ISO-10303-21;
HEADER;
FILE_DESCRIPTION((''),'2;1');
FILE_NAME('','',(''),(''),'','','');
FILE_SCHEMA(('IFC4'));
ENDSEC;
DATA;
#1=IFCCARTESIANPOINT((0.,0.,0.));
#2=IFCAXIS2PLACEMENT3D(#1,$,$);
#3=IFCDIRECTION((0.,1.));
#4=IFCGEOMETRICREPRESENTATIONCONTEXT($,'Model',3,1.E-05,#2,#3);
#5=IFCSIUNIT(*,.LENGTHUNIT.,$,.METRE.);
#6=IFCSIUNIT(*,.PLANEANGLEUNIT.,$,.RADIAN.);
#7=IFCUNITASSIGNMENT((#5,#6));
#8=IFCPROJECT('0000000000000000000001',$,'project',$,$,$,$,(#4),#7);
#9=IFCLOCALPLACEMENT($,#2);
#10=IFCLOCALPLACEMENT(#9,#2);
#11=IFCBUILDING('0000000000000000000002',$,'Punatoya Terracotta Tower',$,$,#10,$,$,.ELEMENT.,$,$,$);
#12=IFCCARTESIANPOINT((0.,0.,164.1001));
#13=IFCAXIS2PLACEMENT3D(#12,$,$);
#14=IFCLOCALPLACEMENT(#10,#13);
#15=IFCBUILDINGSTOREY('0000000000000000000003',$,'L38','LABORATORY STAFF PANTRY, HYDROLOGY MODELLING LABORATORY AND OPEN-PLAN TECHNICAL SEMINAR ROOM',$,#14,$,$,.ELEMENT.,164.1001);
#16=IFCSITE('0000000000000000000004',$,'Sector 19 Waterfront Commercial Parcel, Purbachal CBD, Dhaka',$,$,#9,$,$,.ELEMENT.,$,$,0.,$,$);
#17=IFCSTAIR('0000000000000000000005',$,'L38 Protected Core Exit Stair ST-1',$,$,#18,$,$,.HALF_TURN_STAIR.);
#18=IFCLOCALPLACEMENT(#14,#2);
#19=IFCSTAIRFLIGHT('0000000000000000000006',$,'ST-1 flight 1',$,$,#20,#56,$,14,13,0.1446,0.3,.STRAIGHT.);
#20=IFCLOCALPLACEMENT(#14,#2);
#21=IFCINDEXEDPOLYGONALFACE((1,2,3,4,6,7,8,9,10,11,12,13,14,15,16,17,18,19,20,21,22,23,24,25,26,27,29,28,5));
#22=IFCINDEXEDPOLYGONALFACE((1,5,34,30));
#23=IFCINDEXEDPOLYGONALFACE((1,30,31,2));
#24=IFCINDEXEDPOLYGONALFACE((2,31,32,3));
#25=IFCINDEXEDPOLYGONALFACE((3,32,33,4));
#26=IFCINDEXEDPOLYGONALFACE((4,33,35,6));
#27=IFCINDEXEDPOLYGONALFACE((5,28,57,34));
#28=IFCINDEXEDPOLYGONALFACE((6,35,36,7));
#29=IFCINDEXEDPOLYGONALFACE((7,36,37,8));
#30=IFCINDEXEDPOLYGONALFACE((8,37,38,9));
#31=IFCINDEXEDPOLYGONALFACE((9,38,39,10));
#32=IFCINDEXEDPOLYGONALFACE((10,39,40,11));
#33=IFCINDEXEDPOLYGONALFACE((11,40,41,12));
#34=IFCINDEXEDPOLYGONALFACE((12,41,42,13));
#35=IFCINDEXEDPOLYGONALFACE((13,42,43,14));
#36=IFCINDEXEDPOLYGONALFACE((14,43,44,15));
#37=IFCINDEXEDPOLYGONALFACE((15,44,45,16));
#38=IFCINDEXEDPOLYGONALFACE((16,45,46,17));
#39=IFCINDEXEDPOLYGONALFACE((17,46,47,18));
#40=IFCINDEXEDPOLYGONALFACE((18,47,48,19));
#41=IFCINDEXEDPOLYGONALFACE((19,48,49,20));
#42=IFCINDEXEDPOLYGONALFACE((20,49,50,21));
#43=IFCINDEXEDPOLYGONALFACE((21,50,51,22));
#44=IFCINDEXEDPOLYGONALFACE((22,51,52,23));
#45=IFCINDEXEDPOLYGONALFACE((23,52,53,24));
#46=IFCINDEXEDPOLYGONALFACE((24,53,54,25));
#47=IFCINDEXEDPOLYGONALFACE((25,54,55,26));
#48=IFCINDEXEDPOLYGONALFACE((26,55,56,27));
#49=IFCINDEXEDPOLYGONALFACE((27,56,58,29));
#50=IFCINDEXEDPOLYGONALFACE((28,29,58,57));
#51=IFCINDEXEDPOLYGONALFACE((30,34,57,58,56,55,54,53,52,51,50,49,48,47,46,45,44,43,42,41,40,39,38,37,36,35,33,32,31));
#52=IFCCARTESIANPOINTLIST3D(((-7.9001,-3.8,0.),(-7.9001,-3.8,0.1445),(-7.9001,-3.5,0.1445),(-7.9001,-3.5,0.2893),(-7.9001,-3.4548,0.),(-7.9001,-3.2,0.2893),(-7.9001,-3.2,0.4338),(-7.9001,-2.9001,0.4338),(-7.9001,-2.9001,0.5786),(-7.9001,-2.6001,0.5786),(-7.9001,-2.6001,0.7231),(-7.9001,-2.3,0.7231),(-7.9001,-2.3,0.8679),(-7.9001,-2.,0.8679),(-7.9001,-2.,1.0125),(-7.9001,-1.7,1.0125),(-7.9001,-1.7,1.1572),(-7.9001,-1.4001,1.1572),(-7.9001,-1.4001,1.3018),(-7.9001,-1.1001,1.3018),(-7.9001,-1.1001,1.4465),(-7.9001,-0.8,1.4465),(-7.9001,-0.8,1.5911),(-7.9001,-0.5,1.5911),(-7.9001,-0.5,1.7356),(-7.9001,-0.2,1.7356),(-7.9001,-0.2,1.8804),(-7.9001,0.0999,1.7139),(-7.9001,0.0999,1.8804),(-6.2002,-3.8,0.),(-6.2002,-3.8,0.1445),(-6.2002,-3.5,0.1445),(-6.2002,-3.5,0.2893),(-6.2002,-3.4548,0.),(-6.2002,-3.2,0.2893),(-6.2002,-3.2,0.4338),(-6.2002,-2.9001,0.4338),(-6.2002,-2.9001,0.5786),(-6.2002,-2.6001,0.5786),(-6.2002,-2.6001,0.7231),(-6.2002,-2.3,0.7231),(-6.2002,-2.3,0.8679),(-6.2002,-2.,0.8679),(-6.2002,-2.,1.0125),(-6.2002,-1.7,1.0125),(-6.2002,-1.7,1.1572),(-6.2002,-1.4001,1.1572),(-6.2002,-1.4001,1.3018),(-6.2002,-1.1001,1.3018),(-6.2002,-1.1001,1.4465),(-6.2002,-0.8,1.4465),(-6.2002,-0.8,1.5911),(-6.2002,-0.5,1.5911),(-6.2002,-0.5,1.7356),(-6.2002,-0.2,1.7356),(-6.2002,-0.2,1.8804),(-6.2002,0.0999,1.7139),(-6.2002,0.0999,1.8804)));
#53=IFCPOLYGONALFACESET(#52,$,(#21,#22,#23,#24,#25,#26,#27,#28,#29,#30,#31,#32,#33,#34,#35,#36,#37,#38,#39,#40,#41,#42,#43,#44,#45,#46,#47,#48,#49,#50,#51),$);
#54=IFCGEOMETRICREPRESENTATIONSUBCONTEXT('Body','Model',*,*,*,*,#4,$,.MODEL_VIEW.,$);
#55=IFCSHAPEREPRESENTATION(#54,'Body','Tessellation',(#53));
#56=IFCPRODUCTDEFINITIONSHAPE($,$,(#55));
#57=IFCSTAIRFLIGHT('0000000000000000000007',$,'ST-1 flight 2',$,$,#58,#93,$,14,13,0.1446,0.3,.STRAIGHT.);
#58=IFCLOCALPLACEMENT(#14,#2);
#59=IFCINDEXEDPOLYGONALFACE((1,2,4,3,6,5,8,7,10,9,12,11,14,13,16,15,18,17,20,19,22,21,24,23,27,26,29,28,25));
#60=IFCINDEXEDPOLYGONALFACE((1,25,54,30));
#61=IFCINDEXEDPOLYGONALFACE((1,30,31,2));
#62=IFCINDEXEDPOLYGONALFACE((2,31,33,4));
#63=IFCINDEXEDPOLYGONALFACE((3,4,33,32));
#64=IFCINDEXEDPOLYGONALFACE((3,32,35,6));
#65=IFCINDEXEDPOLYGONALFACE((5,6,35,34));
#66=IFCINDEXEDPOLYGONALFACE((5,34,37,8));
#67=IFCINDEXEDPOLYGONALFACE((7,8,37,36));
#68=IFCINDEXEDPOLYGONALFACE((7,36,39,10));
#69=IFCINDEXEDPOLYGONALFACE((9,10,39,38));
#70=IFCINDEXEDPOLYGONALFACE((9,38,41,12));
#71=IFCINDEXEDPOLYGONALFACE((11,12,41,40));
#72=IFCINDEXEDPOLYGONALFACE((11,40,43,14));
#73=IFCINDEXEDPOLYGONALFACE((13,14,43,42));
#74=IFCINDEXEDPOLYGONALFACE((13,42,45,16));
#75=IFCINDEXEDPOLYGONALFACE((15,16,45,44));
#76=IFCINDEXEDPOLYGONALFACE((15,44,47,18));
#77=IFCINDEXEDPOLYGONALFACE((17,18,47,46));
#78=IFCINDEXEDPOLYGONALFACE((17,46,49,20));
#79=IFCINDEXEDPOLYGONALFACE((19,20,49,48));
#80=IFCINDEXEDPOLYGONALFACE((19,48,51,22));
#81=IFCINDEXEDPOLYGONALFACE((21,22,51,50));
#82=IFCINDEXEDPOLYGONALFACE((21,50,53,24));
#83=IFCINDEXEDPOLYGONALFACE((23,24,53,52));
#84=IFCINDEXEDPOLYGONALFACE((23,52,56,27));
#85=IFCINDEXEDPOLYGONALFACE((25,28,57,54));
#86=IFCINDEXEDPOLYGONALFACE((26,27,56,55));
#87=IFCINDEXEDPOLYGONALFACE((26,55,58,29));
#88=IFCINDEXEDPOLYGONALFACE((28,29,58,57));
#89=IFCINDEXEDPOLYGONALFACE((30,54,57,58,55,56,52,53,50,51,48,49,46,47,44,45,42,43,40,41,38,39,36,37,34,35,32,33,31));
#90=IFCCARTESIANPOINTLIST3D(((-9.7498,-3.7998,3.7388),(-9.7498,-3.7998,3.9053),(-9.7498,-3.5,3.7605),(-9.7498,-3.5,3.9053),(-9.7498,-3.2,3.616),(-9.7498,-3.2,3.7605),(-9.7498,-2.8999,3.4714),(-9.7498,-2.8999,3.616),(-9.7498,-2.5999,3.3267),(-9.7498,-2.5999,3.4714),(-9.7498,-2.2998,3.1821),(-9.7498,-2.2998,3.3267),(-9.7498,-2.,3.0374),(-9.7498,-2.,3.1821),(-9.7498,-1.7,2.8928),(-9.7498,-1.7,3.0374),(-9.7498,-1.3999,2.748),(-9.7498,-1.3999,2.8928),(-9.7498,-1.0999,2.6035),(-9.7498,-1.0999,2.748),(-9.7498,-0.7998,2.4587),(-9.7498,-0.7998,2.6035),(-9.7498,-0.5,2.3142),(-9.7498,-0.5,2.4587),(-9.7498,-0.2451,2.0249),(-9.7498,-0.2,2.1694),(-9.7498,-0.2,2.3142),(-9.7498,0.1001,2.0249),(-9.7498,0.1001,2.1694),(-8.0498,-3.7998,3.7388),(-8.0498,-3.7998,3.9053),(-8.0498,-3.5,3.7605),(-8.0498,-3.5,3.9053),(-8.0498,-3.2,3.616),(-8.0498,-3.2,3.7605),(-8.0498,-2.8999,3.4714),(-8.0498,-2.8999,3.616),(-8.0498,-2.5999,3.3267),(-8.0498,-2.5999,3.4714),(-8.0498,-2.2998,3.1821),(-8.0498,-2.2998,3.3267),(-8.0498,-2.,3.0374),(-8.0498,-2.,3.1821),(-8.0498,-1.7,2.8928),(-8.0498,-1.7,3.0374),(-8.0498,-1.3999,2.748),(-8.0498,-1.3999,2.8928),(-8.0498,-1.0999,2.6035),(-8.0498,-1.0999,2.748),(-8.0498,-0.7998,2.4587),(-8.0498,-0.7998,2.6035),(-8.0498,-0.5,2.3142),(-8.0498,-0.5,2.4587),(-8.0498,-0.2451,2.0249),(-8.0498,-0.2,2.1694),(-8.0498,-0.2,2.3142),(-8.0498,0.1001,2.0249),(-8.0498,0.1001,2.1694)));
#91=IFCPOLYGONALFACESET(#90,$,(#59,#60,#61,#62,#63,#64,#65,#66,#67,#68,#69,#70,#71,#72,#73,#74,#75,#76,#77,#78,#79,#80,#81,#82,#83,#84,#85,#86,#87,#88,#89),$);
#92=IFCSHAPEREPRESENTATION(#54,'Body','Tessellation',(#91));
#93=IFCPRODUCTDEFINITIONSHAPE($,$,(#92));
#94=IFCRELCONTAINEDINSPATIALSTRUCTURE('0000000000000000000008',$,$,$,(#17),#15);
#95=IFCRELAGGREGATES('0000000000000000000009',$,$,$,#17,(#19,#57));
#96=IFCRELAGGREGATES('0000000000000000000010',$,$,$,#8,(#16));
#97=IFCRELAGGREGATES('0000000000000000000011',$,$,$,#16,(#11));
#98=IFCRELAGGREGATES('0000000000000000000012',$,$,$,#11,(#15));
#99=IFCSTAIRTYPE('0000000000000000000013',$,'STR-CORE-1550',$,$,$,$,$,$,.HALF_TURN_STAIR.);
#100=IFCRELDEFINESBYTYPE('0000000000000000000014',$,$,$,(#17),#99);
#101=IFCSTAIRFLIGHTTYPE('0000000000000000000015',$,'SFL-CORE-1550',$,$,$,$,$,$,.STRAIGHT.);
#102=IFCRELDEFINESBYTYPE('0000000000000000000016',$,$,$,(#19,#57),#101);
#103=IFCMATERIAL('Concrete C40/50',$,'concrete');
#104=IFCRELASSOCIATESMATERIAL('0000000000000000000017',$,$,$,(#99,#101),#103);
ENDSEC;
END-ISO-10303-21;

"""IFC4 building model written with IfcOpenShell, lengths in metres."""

from ifc_helpers import new_model, si_unit, direction, frame, origin, place, context, subcontext, project, spatial, polyline, outline, extrude, material, type_object, element, aggregate, save


model = new_model("IFC4")

# Units and contexts
model_context = context("Model", 3, precision=1e-05, world=origin(), true_north=direction((0.0, 1.0)))
body_context = subcontext(model_context, "Body", "Model", "MODEL_VIEW")
ifc_project = project(units=[si_unit("LENGTHUNIT", "METRE"), si_unit("PLANEANGLEUNIT", "RADIAN")], contexts=[model_context])

# Site, building, storey
site_placement = place(None, origin())
site = spatial("IfcSite", under=ifc_project, at=site_placement, Name="Sector 19 Waterfront Commercial Parcel, Purbachal CBD, Dhaka", CompositionType="ELEMENT", RefElevation=0.0)
building_placement = place(site_placement, origin())
building = spatial("IfcBuilding", under=site, at=building_placement, Name="Punatoya Terracotta Tower", CompositionType="ELEMENT")
storey_placement = place(building_placement, frame((0.0, 0.0, 164.1001)))
storey = spatial("IfcBuildingStorey", under=building, at=storey_placement, Name="L38", Description="LABORATORY STAFF PANTRY, HYDROLOGY MODELLING LABORATORY AND OPEN-PLAN TECHNICAL SEMINAR ROOM", CompositionType="ELEMENT", Elevation=164.1001)

# Shared definitions
ifc_material_1 = material(Name="Concrete C40/50", Category="concrete")

# Stair, stair flights
stair_type = type_object("IfcStairType", Name="STR-CORE-1550", PredefinedType="HALF_TURN_STAIR", material=ifc_material_1)
stair_placement = place(storey_placement, origin())
stair = element("IfcStair", 1, at=stair_placement, inside=storey, type_object=stair_type, Name="L38 Protected Core Exit Stair ST-1", PredefinedType="HALF_TURN_STAIR")
stair_flight_type = type_object("IfcStairFlightType", Name="SFL-CORE-1550", PredefinedType="STRAIGHT", material=ifc_material_1)
stair_flight_1_placement = place(storey_placement, frame((-7.05, -3.8, 0.0), z_axis=(0.0, 0.0, 1.0), x_axis=(0.0, 1.0, 0.0)))
stair_flight_1 = element("IfcStairFlight", 2, at=stair_flight_1_placement, type_object=stair_flight_type, Name="ST-1 flight 1", NumberOfRisers=14, NumberOfTreads=13, PredefinedType="STRAIGHT", RiserHeight=0.1446, TreadLength=0.3, context=body_context, shape_type="SweptSolid", body=[
    extrude(outline(polyline([(0.0, 0.0), (0.0, 0.1445), (0.3, 0.1445), (0.3, 0.2893), (0.6001, 0.2893), (0.6001, 0.4338), (0.8999, 0.4338), (0.8999, 0.5786), (1.2, 0.5786), (1.2, 0.7231), (1.5, 0.7231), (1.5, 0.8679), (1.8, 0.8679), (1.8, 1.0125), (2.1001, 1.0125), (2.1001, 1.1572), (2.3999, 1.1572), (2.3999, 1.3018), (2.7, 1.3018), (2.7, 1.4465), (3.0, 1.4465), (3.0, 1.5911), (3.3, 1.5911), (3.3, 1.7356), (3.6001, 1.7356), (3.6001, 1.8804), (3.8999, 1.8804), (3.8999, 2.0249), (3.8999, 1.7139), (0.3452, 0.0), (0.0, 0.0)])), frame((0.0, 0.8501, 0.0), z_axis=(0.0, -1.0, 0.0), x_axis=(1.0, 0.0, 0.0)), (0.0, 0.0, 1.0), 1.7),
])
stair_flight_2_placement = place(storey_placement, frame((-8.8999, 0.1001, 2.0249), z_axis=(0.0, 0.0, 1.0), x_axis=(0.0, -1.0, 0.0)))
stair_flight_2 = element("IfcStairFlight", 3, at=stair_flight_2_placement, type_object=stair_flight_type, Name="ST-1 flight 2", NumberOfRisers=14, NumberOfTreads=13, PredefinedType="STRAIGHT", RiserHeight=0.1446, TreadLength=0.3, context=body_context, shape_type="SweptSolid", body=[
    extrude(outline(polyline([(0.0, 0.0), (0.0, 0.1445), (0.3, 0.1445), (0.3, 0.2893), (0.6001, 0.2893), (0.6001, 0.4338), (0.8999, 0.4338), (0.8999, 0.5786), (1.2, 0.5786), (1.2, 0.7231), (1.5, 0.7231), (1.5, 0.8679), (1.8, 0.8679), (1.8, 1.0125), (2.1001, 1.0125), (2.1001, 1.1572), (2.3999, 1.1572), (2.3999, 1.3018), (2.7, 1.3018), (2.7, 1.4465), (3.0, 1.4465), (3.0, 1.5911), (3.3, 1.5911), (3.3, 1.7356), (3.6001, 1.7356), (3.6001, 1.8804), (3.8999, 1.8804), (3.8999, 2.0249), (3.8999, 1.7139), (0.3452, 0.0), (0.0, 0.0)])), frame((0.0, 0.8501, 0.0), z_axis=(0.0, -1.0, 0.0), x_axis=(1.0, 0.0, 0.0)), (0.0, 0.0, 1.0), 1.7),
])
aggregate(stair, [stair_flight_1, stair_flight_2])

save(model, "model.ifc")
